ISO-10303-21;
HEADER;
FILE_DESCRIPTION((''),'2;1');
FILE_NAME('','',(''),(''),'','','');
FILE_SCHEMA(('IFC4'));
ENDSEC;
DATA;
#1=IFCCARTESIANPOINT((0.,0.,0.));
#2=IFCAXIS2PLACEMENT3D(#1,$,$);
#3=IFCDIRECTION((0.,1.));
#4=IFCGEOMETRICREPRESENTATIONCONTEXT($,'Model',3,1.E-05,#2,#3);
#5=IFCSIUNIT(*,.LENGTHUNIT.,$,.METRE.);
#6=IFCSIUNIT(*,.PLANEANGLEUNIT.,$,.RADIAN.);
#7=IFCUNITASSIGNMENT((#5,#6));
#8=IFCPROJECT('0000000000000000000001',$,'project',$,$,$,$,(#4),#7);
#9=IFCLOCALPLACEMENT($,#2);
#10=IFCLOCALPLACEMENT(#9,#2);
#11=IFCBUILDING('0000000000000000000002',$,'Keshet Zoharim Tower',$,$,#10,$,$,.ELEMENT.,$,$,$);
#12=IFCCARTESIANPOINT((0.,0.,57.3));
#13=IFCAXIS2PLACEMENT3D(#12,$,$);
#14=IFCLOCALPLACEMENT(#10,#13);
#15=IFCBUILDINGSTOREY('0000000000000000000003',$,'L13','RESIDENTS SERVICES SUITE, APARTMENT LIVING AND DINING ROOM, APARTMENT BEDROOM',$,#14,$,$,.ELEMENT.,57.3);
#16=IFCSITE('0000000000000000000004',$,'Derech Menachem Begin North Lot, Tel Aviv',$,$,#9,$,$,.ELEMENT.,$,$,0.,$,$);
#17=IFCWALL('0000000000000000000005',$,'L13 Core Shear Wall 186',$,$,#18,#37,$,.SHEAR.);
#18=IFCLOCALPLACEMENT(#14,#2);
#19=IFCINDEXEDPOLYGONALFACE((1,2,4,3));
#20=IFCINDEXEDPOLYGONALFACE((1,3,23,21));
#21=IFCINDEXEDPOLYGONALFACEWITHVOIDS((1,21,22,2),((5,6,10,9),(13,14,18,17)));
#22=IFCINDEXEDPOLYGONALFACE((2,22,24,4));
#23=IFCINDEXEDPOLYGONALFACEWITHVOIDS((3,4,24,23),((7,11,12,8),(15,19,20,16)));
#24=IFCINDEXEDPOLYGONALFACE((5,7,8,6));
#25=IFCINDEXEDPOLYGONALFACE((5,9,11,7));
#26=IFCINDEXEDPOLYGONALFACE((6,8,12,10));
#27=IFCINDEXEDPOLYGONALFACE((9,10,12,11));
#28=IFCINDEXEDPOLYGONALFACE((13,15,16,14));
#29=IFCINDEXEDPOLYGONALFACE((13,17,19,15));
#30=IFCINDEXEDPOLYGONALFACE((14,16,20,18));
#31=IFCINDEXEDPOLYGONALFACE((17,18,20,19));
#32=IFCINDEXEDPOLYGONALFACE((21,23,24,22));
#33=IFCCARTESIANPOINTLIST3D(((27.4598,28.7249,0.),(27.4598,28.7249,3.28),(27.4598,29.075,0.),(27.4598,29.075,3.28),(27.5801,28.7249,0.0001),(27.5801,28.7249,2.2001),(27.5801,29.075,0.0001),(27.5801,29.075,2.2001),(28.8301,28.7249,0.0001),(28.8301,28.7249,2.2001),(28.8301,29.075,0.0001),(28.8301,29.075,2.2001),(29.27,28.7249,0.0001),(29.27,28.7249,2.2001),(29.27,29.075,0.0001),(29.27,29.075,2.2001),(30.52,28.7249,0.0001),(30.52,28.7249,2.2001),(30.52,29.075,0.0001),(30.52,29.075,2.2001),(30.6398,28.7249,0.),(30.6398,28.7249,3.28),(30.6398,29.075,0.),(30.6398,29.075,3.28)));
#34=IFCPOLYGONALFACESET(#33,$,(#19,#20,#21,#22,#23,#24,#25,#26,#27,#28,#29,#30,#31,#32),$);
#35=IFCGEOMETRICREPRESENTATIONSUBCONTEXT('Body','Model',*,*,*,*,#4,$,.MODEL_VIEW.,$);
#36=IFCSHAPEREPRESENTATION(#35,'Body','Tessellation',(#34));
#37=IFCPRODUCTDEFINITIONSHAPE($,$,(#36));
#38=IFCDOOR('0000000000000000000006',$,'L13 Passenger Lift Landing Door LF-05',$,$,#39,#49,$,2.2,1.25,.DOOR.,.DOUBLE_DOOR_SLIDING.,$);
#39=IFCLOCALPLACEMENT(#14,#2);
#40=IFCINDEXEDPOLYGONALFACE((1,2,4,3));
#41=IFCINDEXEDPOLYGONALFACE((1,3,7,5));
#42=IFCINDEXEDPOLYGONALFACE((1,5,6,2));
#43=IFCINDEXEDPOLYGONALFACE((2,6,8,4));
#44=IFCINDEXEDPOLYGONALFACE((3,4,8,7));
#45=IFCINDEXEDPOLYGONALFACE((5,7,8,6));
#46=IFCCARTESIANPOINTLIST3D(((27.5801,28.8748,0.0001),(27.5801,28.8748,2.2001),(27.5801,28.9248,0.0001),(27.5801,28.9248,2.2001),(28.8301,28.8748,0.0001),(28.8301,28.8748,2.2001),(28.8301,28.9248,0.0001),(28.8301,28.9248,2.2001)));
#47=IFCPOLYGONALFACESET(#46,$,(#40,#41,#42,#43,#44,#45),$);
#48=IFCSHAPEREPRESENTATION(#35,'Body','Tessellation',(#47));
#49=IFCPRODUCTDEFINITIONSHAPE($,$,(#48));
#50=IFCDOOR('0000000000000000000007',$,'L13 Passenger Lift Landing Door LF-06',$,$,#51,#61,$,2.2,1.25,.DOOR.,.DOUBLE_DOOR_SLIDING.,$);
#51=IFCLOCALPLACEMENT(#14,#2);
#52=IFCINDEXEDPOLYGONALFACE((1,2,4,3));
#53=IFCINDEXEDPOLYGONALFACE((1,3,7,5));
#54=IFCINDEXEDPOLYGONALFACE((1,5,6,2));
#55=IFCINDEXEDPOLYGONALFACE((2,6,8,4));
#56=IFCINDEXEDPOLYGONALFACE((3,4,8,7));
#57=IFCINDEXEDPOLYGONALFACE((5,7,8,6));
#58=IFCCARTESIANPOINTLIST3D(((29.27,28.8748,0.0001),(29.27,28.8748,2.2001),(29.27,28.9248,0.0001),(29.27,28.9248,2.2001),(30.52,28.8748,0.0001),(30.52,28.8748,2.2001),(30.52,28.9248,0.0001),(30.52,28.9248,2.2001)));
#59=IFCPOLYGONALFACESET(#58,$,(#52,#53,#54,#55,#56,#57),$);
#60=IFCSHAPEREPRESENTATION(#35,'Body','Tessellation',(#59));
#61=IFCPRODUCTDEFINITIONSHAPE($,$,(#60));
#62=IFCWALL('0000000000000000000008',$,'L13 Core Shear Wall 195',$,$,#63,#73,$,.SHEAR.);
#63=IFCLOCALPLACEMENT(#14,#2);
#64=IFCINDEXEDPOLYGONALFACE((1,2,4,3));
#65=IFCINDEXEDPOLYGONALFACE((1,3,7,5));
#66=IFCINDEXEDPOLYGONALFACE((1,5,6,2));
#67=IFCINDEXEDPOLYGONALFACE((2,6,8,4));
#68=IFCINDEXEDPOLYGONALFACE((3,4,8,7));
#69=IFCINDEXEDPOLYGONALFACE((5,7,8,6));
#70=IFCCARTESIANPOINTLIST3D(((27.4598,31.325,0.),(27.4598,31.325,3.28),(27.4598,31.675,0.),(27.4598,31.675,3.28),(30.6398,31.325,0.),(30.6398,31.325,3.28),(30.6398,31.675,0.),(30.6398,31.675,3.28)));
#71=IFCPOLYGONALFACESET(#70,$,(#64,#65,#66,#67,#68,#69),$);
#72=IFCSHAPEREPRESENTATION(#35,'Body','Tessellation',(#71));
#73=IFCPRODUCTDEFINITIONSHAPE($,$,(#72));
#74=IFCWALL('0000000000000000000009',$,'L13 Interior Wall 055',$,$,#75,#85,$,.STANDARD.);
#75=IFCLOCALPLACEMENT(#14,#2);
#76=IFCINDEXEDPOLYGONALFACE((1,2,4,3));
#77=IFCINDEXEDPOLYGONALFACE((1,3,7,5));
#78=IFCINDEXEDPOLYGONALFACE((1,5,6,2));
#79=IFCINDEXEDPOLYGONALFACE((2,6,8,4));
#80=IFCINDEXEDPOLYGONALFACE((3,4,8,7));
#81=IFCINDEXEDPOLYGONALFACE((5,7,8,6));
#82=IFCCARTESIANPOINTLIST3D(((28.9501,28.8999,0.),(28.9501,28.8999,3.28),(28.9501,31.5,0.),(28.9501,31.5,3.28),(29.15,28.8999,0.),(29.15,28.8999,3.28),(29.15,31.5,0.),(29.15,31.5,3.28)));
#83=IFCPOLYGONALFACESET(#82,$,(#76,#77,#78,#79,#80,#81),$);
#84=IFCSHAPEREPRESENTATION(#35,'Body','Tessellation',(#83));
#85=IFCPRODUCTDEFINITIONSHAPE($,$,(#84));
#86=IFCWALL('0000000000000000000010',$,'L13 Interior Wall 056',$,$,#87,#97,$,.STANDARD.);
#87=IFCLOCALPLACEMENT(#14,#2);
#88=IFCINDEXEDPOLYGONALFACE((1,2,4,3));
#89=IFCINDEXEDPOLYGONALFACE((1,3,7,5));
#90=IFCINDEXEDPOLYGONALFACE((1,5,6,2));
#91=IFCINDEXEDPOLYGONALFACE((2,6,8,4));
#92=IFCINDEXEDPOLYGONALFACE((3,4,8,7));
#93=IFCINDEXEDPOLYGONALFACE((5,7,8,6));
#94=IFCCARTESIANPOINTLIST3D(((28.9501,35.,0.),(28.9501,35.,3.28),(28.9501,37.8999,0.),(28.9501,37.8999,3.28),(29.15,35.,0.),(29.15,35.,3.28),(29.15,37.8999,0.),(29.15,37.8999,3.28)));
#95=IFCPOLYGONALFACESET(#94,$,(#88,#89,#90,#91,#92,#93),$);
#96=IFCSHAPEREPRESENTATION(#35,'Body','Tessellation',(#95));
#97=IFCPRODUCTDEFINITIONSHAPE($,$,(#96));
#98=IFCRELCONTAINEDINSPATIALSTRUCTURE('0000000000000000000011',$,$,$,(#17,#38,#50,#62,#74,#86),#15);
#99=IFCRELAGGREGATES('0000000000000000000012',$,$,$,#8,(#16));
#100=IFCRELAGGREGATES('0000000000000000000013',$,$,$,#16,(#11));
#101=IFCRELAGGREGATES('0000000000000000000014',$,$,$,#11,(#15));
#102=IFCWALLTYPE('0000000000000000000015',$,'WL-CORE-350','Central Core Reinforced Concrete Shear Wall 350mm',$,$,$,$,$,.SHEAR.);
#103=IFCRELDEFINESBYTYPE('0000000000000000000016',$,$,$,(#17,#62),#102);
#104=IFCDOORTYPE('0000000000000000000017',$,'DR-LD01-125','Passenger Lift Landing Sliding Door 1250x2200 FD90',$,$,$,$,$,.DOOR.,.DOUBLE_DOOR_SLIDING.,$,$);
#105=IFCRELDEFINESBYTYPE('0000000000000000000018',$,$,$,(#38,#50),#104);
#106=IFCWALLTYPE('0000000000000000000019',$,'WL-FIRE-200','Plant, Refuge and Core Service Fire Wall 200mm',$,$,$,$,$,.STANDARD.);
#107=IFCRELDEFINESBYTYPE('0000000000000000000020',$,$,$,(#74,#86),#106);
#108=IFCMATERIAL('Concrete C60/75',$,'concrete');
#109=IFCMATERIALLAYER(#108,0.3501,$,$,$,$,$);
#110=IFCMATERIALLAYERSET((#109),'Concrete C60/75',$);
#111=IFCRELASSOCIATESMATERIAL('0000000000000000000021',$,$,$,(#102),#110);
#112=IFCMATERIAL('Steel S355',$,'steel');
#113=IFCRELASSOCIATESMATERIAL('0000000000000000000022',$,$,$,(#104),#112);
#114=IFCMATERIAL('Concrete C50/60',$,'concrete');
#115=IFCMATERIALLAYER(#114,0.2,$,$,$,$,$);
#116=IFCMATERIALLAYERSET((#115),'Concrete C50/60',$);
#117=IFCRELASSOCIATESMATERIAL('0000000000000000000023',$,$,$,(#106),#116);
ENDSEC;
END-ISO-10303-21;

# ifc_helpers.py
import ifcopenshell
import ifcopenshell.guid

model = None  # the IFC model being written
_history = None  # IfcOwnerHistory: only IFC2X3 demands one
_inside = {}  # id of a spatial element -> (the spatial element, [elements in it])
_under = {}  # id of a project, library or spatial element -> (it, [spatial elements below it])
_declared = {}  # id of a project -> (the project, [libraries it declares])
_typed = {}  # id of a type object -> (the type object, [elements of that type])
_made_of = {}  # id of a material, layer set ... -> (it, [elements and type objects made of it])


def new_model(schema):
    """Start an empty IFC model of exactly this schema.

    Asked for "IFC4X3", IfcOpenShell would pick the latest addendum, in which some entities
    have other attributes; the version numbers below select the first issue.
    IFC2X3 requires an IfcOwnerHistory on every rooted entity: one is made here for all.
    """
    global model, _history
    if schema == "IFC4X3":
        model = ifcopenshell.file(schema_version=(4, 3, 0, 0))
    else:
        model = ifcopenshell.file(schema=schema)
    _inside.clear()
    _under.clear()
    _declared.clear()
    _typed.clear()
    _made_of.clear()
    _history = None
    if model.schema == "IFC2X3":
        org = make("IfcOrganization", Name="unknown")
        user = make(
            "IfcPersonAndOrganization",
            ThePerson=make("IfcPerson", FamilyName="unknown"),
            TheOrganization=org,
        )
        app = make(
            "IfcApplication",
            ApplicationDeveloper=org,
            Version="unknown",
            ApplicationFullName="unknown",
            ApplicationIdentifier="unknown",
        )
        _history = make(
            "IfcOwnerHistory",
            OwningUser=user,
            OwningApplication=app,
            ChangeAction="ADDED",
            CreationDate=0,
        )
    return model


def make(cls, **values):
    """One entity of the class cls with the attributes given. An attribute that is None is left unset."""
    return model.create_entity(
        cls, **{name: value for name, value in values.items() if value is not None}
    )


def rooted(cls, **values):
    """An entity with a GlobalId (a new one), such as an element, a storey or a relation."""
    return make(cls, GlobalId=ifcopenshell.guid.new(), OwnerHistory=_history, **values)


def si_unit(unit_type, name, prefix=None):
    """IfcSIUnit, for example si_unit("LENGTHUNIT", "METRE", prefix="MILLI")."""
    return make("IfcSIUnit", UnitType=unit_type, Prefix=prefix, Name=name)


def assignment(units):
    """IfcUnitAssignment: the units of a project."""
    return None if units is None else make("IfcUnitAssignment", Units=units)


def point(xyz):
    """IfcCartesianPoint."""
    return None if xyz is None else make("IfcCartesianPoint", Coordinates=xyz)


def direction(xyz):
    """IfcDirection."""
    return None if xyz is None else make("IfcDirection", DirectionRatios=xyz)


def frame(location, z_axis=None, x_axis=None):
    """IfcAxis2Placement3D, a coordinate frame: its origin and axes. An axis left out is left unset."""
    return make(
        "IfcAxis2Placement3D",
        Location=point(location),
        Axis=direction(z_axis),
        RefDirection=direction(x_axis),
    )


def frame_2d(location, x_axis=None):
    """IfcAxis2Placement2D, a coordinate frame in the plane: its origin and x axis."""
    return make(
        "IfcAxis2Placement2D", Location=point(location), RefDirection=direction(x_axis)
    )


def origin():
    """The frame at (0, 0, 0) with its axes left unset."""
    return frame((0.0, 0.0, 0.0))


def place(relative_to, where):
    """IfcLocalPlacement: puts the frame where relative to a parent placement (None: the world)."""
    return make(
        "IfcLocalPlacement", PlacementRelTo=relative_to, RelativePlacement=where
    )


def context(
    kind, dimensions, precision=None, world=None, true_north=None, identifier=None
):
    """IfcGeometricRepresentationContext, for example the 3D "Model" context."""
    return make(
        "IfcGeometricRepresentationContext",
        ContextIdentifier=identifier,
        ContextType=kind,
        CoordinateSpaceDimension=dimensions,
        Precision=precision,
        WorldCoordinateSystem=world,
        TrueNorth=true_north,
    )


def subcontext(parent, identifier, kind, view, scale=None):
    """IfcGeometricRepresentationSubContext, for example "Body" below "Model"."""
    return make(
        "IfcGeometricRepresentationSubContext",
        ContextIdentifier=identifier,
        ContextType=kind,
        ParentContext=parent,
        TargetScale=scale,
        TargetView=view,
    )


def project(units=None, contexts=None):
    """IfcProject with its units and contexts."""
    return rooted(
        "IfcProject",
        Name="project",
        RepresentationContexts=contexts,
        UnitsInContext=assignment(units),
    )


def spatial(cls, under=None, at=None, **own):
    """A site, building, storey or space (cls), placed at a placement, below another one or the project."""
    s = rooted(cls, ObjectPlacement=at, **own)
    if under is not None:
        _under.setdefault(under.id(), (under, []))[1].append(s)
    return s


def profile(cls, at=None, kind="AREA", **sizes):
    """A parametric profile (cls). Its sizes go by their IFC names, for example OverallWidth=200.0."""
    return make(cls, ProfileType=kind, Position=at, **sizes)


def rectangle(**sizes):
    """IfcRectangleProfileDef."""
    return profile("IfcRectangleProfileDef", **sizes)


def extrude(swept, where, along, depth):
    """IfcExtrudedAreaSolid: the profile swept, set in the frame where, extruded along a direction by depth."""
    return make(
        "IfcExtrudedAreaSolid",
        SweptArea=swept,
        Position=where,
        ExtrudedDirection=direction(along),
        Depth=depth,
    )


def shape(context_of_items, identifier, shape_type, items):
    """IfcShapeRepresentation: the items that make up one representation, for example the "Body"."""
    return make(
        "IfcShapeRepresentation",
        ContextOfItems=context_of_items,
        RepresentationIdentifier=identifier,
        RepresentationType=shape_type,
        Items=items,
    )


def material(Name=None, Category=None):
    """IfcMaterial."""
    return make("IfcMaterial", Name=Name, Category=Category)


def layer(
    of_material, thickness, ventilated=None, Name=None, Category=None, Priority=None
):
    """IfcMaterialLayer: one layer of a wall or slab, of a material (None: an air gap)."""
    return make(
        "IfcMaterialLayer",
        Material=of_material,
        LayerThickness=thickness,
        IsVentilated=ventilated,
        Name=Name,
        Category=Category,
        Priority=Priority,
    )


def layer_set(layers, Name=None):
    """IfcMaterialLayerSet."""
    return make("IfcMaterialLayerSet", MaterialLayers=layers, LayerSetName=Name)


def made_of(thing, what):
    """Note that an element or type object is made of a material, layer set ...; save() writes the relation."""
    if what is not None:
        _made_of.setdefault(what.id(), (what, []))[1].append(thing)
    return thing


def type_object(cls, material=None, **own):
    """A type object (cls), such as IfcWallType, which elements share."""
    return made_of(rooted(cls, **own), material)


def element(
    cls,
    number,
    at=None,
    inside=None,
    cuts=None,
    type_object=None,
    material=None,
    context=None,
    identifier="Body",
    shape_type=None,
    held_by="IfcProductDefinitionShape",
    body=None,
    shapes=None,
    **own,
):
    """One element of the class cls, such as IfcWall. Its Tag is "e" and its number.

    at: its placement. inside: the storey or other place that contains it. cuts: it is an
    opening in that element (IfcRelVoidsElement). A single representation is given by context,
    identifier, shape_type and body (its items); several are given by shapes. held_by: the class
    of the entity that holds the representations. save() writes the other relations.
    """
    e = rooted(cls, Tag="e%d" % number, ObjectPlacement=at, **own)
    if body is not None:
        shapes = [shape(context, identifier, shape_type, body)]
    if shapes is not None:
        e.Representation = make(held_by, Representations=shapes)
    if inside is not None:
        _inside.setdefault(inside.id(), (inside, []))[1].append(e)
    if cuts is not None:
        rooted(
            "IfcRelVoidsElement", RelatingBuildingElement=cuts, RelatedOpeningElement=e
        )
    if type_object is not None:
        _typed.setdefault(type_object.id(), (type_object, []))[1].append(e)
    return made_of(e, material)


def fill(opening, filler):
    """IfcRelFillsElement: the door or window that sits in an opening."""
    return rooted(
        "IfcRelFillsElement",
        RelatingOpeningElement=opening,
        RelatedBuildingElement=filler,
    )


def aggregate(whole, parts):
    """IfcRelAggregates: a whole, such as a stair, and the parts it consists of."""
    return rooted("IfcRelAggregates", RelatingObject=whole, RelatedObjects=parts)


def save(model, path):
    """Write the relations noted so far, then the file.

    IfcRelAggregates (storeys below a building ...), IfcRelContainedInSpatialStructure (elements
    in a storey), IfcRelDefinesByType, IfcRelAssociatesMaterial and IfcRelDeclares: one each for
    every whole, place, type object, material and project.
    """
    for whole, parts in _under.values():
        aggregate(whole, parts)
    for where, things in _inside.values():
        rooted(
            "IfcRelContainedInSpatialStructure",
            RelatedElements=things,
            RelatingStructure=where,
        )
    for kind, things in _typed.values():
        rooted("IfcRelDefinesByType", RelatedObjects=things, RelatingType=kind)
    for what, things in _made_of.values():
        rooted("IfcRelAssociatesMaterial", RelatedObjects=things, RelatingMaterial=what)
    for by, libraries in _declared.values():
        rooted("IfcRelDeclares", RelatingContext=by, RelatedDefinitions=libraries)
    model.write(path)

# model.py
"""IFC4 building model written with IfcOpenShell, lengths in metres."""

from ifc_helpers import new_model, si_unit, direction, frame, frame_2d, origin, place, context, subcontext, project, spatial, rectangle, extrude, material, layer, layer_set, type_object, element, fill, save


model = new_model("IFC4")

# Units and contexts
model_context = context("Model", 3, precision=1e-05, world=origin(), true_north=direction((0.0, 1.0)))
body_context = subcontext(model_context, "Body", "Model", "MODEL_VIEW")
ifc_project = project(units=[si_unit("LENGTHUNIT", "METRE"), si_unit("PLANEANGLEUNIT", "RADIAN")], contexts=[model_context])

# Site, building, storey
site_placement = place(None, origin())
site = spatial("IfcSite", under=ifc_project, at=site_placement, Name="Derech Menachem Begin North Lot, Tel Aviv", CompositionType="ELEMENT", RefElevation=0.0)
building_placement = place(site_placement, origin())
building = spatial("IfcBuilding", under=site, at=building_placement, Name="Keshet Zoharim Tower", CompositionType="ELEMENT")
storey_placement = place(building_placement, frame((0.0, 0.0, 57.3)))
storey = spatial("IfcBuildingStorey", under=building, at=storey_placement, Name="L13", Description="RESIDENTS SERVICES SUITE, APARTMENT LIVING AND DINING ROOM, APARTMENT BEDROOM", CompositionType="ELEMENT", Elevation=57.3)

# Shared definitions
ifc_material_1 = material(Name="Concrete C60/75", Category="concrete")

# Shared definitions
ifc_material_2 = material(Name="Steel S355", Category="steel")

# Shared definitions
ifc_layer_1 = layer(ifc_material_1, 0.3501)
ifc_layer_set_1 = layer_set([ifc_layer_1], Name="Concrete C60/75")
wall_type_1 = type_object("IfcWallType", Name="WL-CORE-350", Description="Central Core Reinforced Concrete Shear Wall 350mm", PredefinedType="SHEAR", material=ifc_layer_set_1)

# Wall, openings, doors
door_type_1 = type_object("IfcDoorType", Name="DR-LD01-125", Description="Passenger Lift Landing Sliding Door 1250x2200 FD90", OperationType="DOUBLE_DOOR_SLIDING", PredefinedType="DOOR", material=ifc_material_2)
wall_1_placement = place(storey_placement, frame((27.46, 28.8999, 0.0), z_axis=(0.0, 0.0, 1.0), x_axis=(1.0, 0.0, 0.0)))
wall_1 = element("IfcWall", 1, at=wall_1_placement, inside=storey, type_object=wall_type_1, Name="L13 Core Shear Wall 186", PredefinedType="SHEAR", context=body_context, shape_type="SweptSolid", body=[
    extrude(rectangle(XDim=3.1799, YDim=0.3501, at=frame_2d((1.5898, 0.0))), origin(), (0.0, 0.0, 1.0), 3.28),
])
opening_1_placement = place(wall_1_placement, frame((0.1201, 0.0, 0.0)))
opening_1 = element("IfcOpeningElement", 2, at=opening_1_placement, cuts=wall_1, PredefinedType="OPENING", context=body_context, shape_type="SweptSolid", body=[
    extrude(rectangle(XDim=1.25, YDim=2.2, at=frame_2d((0.625, 1.1001))), frame((0.0, 0.1851, 0.0), z_axis=(0.0, -1.0, 0.0), x_axis=(1.0, 0.0, 0.0)), (0.0, 0.0, 1.0), 0.3701),
])
opening_2_placement = place(wall_1_placement, frame((1.8101, 0.0, 0.0)))
opening_2 = element("IfcOpeningElement", 3, at=opening_2_placement, cuts=wall_1, PredefinedType="OPENING", context=body_context, shape_type="SweptSolid", body=[
    extrude(rectangle(XDim=1.25, YDim=2.2, at=frame_2d((0.625, 1.1001))), frame((0.0, 0.1851, 0.0), z_axis=(0.0, -1.0, 0.0), x_axis=(1.0, 0.0, 0.0)), (0.0, 0.0, 1.0), 0.3701),
])
door_1_placement = place(opening_1_placement, origin())
door_1 = element("IfcDoor", 4, at=door_1_placement, inside=storey, type_object=door_type_1, Name="L13 Passenger Lift Landing Door LF-05", OperationType="DOUBLE_DOOR_SLIDING", OverallHeight=2.2, OverallWidth=1.25, PredefinedType="DOOR", context=body_context, shape_type="SweptSolid", body=[
    extrude(rectangle(XDim=1.25, YDim=2.2, at=frame_2d((0.625, 1.1001))), frame((0.0, 0.0249, 0.0), z_axis=(0.0, -1.0, 0.0), x_axis=(1.0, 0.0, 0.0)), (0.0, 0.0, 1.0), 0.05),
])
fill(opening_1, door_1)
door_2_placement = place(opening_2_placement, origin())
door_2 = element("IfcDoor", 5, at=door_2_placement, inside=storey, type_object=door_type_1, Name="L13 Passenger Lift Landing Door LF-06", OperationType="DOUBLE_DOOR_SLIDING", OverallHeight=2.2, OverallWidth=1.25, PredefinedType="DOOR", context=body_context, shape_type="SweptSolid", body=[
    extrude(rectangle(XDim=1.25, YDim=2.2, at=frame_2d((0.625, 1.1001))), frame((0.0, 0.0249, 0.0), z_axis=(0.0, -1.0, 0.0), x_axis=(1.0, 0.0, 0.0)), (0.0, 0.0, 1.0), 0.05),
])
fill(opening_2, door_2)

# Walls
wall_2_placement = place(storey_placement, frame((27.46, 31.5, 0.0), z_axis=(0.0, 0.0, 1.0), x_axis=(1.0, 0.0, 0.0)))
element("IfcWall", 6, at=wall_2_placement, inside=storey, type_object=wall_type_1, Name="L13 Core Shear Wall 195", PredefinedType="SHEAR", context=body_context, shape_type="SweptSolid", body=[
    extrude(rectangle(XDim=3.1799, YDim=0.3501, at=frame_2d((1.5898, 0.0))), origin(), (0.0, 0.0, 1.0), 3.28),
])
ifc_material_3 = material(Name="Concrete C50/60", Category="concrete")
ifc_layer_2 = layer(ifc_material_3, 0.2)
ifc_layer_set_2 = layer_set([ifc_layer_2], Name="Concrete C50/60")
wall_type_2 = type_object("IfcWallType", Name="WL-FIRE-200", Description="Plant, Refuge and Core Service Fire Wall 200mm", PredefinedType="STANDARD", material=ifc_layer_set_2)
wall_3_placement = place(storey_placement, frame((29.05, 28.8999, 0.0), z_axis=(0.0, 0.0, 1.0), x_axis=(0.0, 1.0, 0.0)))
element("IfcWall", 7, at=wall_3_placement, inside=storey, type_object=wall_type_2, Name="L13 Interior Wall 055", PredefinedType="STANDARD", context=body_context, shape_type="SweptSolid", body=[
    extrude(rectangle(XDim=2.6001, YDim=0.2, at=frame_2d((1.3, 0.0))), origin(), (0.0, 0.0, 1.0), 3.28),
])
wall_4_placement = place(storey_placement, frame((29.05, 35.0, 0.0), z_axis=(0.0, 0.0, 1.0), x_axis=(0.0, 1.0, 0.0)))
element("IfcWall", 8, at=wall_4_placement, inside=storey, type_object=wall_type_2, Name="L13 Interior Wall 056", PredefinedType="STANDARD", context=body_context, shape_type="SweptSolid", body=[
    extrude(rectangle(XDim=2.8999, YDim=0.2, at=frame_2d((1.45, 0.0))), origin(), (0.0, 0.0, 1.0), 3.28),
])

save(model, "model.ifc")
